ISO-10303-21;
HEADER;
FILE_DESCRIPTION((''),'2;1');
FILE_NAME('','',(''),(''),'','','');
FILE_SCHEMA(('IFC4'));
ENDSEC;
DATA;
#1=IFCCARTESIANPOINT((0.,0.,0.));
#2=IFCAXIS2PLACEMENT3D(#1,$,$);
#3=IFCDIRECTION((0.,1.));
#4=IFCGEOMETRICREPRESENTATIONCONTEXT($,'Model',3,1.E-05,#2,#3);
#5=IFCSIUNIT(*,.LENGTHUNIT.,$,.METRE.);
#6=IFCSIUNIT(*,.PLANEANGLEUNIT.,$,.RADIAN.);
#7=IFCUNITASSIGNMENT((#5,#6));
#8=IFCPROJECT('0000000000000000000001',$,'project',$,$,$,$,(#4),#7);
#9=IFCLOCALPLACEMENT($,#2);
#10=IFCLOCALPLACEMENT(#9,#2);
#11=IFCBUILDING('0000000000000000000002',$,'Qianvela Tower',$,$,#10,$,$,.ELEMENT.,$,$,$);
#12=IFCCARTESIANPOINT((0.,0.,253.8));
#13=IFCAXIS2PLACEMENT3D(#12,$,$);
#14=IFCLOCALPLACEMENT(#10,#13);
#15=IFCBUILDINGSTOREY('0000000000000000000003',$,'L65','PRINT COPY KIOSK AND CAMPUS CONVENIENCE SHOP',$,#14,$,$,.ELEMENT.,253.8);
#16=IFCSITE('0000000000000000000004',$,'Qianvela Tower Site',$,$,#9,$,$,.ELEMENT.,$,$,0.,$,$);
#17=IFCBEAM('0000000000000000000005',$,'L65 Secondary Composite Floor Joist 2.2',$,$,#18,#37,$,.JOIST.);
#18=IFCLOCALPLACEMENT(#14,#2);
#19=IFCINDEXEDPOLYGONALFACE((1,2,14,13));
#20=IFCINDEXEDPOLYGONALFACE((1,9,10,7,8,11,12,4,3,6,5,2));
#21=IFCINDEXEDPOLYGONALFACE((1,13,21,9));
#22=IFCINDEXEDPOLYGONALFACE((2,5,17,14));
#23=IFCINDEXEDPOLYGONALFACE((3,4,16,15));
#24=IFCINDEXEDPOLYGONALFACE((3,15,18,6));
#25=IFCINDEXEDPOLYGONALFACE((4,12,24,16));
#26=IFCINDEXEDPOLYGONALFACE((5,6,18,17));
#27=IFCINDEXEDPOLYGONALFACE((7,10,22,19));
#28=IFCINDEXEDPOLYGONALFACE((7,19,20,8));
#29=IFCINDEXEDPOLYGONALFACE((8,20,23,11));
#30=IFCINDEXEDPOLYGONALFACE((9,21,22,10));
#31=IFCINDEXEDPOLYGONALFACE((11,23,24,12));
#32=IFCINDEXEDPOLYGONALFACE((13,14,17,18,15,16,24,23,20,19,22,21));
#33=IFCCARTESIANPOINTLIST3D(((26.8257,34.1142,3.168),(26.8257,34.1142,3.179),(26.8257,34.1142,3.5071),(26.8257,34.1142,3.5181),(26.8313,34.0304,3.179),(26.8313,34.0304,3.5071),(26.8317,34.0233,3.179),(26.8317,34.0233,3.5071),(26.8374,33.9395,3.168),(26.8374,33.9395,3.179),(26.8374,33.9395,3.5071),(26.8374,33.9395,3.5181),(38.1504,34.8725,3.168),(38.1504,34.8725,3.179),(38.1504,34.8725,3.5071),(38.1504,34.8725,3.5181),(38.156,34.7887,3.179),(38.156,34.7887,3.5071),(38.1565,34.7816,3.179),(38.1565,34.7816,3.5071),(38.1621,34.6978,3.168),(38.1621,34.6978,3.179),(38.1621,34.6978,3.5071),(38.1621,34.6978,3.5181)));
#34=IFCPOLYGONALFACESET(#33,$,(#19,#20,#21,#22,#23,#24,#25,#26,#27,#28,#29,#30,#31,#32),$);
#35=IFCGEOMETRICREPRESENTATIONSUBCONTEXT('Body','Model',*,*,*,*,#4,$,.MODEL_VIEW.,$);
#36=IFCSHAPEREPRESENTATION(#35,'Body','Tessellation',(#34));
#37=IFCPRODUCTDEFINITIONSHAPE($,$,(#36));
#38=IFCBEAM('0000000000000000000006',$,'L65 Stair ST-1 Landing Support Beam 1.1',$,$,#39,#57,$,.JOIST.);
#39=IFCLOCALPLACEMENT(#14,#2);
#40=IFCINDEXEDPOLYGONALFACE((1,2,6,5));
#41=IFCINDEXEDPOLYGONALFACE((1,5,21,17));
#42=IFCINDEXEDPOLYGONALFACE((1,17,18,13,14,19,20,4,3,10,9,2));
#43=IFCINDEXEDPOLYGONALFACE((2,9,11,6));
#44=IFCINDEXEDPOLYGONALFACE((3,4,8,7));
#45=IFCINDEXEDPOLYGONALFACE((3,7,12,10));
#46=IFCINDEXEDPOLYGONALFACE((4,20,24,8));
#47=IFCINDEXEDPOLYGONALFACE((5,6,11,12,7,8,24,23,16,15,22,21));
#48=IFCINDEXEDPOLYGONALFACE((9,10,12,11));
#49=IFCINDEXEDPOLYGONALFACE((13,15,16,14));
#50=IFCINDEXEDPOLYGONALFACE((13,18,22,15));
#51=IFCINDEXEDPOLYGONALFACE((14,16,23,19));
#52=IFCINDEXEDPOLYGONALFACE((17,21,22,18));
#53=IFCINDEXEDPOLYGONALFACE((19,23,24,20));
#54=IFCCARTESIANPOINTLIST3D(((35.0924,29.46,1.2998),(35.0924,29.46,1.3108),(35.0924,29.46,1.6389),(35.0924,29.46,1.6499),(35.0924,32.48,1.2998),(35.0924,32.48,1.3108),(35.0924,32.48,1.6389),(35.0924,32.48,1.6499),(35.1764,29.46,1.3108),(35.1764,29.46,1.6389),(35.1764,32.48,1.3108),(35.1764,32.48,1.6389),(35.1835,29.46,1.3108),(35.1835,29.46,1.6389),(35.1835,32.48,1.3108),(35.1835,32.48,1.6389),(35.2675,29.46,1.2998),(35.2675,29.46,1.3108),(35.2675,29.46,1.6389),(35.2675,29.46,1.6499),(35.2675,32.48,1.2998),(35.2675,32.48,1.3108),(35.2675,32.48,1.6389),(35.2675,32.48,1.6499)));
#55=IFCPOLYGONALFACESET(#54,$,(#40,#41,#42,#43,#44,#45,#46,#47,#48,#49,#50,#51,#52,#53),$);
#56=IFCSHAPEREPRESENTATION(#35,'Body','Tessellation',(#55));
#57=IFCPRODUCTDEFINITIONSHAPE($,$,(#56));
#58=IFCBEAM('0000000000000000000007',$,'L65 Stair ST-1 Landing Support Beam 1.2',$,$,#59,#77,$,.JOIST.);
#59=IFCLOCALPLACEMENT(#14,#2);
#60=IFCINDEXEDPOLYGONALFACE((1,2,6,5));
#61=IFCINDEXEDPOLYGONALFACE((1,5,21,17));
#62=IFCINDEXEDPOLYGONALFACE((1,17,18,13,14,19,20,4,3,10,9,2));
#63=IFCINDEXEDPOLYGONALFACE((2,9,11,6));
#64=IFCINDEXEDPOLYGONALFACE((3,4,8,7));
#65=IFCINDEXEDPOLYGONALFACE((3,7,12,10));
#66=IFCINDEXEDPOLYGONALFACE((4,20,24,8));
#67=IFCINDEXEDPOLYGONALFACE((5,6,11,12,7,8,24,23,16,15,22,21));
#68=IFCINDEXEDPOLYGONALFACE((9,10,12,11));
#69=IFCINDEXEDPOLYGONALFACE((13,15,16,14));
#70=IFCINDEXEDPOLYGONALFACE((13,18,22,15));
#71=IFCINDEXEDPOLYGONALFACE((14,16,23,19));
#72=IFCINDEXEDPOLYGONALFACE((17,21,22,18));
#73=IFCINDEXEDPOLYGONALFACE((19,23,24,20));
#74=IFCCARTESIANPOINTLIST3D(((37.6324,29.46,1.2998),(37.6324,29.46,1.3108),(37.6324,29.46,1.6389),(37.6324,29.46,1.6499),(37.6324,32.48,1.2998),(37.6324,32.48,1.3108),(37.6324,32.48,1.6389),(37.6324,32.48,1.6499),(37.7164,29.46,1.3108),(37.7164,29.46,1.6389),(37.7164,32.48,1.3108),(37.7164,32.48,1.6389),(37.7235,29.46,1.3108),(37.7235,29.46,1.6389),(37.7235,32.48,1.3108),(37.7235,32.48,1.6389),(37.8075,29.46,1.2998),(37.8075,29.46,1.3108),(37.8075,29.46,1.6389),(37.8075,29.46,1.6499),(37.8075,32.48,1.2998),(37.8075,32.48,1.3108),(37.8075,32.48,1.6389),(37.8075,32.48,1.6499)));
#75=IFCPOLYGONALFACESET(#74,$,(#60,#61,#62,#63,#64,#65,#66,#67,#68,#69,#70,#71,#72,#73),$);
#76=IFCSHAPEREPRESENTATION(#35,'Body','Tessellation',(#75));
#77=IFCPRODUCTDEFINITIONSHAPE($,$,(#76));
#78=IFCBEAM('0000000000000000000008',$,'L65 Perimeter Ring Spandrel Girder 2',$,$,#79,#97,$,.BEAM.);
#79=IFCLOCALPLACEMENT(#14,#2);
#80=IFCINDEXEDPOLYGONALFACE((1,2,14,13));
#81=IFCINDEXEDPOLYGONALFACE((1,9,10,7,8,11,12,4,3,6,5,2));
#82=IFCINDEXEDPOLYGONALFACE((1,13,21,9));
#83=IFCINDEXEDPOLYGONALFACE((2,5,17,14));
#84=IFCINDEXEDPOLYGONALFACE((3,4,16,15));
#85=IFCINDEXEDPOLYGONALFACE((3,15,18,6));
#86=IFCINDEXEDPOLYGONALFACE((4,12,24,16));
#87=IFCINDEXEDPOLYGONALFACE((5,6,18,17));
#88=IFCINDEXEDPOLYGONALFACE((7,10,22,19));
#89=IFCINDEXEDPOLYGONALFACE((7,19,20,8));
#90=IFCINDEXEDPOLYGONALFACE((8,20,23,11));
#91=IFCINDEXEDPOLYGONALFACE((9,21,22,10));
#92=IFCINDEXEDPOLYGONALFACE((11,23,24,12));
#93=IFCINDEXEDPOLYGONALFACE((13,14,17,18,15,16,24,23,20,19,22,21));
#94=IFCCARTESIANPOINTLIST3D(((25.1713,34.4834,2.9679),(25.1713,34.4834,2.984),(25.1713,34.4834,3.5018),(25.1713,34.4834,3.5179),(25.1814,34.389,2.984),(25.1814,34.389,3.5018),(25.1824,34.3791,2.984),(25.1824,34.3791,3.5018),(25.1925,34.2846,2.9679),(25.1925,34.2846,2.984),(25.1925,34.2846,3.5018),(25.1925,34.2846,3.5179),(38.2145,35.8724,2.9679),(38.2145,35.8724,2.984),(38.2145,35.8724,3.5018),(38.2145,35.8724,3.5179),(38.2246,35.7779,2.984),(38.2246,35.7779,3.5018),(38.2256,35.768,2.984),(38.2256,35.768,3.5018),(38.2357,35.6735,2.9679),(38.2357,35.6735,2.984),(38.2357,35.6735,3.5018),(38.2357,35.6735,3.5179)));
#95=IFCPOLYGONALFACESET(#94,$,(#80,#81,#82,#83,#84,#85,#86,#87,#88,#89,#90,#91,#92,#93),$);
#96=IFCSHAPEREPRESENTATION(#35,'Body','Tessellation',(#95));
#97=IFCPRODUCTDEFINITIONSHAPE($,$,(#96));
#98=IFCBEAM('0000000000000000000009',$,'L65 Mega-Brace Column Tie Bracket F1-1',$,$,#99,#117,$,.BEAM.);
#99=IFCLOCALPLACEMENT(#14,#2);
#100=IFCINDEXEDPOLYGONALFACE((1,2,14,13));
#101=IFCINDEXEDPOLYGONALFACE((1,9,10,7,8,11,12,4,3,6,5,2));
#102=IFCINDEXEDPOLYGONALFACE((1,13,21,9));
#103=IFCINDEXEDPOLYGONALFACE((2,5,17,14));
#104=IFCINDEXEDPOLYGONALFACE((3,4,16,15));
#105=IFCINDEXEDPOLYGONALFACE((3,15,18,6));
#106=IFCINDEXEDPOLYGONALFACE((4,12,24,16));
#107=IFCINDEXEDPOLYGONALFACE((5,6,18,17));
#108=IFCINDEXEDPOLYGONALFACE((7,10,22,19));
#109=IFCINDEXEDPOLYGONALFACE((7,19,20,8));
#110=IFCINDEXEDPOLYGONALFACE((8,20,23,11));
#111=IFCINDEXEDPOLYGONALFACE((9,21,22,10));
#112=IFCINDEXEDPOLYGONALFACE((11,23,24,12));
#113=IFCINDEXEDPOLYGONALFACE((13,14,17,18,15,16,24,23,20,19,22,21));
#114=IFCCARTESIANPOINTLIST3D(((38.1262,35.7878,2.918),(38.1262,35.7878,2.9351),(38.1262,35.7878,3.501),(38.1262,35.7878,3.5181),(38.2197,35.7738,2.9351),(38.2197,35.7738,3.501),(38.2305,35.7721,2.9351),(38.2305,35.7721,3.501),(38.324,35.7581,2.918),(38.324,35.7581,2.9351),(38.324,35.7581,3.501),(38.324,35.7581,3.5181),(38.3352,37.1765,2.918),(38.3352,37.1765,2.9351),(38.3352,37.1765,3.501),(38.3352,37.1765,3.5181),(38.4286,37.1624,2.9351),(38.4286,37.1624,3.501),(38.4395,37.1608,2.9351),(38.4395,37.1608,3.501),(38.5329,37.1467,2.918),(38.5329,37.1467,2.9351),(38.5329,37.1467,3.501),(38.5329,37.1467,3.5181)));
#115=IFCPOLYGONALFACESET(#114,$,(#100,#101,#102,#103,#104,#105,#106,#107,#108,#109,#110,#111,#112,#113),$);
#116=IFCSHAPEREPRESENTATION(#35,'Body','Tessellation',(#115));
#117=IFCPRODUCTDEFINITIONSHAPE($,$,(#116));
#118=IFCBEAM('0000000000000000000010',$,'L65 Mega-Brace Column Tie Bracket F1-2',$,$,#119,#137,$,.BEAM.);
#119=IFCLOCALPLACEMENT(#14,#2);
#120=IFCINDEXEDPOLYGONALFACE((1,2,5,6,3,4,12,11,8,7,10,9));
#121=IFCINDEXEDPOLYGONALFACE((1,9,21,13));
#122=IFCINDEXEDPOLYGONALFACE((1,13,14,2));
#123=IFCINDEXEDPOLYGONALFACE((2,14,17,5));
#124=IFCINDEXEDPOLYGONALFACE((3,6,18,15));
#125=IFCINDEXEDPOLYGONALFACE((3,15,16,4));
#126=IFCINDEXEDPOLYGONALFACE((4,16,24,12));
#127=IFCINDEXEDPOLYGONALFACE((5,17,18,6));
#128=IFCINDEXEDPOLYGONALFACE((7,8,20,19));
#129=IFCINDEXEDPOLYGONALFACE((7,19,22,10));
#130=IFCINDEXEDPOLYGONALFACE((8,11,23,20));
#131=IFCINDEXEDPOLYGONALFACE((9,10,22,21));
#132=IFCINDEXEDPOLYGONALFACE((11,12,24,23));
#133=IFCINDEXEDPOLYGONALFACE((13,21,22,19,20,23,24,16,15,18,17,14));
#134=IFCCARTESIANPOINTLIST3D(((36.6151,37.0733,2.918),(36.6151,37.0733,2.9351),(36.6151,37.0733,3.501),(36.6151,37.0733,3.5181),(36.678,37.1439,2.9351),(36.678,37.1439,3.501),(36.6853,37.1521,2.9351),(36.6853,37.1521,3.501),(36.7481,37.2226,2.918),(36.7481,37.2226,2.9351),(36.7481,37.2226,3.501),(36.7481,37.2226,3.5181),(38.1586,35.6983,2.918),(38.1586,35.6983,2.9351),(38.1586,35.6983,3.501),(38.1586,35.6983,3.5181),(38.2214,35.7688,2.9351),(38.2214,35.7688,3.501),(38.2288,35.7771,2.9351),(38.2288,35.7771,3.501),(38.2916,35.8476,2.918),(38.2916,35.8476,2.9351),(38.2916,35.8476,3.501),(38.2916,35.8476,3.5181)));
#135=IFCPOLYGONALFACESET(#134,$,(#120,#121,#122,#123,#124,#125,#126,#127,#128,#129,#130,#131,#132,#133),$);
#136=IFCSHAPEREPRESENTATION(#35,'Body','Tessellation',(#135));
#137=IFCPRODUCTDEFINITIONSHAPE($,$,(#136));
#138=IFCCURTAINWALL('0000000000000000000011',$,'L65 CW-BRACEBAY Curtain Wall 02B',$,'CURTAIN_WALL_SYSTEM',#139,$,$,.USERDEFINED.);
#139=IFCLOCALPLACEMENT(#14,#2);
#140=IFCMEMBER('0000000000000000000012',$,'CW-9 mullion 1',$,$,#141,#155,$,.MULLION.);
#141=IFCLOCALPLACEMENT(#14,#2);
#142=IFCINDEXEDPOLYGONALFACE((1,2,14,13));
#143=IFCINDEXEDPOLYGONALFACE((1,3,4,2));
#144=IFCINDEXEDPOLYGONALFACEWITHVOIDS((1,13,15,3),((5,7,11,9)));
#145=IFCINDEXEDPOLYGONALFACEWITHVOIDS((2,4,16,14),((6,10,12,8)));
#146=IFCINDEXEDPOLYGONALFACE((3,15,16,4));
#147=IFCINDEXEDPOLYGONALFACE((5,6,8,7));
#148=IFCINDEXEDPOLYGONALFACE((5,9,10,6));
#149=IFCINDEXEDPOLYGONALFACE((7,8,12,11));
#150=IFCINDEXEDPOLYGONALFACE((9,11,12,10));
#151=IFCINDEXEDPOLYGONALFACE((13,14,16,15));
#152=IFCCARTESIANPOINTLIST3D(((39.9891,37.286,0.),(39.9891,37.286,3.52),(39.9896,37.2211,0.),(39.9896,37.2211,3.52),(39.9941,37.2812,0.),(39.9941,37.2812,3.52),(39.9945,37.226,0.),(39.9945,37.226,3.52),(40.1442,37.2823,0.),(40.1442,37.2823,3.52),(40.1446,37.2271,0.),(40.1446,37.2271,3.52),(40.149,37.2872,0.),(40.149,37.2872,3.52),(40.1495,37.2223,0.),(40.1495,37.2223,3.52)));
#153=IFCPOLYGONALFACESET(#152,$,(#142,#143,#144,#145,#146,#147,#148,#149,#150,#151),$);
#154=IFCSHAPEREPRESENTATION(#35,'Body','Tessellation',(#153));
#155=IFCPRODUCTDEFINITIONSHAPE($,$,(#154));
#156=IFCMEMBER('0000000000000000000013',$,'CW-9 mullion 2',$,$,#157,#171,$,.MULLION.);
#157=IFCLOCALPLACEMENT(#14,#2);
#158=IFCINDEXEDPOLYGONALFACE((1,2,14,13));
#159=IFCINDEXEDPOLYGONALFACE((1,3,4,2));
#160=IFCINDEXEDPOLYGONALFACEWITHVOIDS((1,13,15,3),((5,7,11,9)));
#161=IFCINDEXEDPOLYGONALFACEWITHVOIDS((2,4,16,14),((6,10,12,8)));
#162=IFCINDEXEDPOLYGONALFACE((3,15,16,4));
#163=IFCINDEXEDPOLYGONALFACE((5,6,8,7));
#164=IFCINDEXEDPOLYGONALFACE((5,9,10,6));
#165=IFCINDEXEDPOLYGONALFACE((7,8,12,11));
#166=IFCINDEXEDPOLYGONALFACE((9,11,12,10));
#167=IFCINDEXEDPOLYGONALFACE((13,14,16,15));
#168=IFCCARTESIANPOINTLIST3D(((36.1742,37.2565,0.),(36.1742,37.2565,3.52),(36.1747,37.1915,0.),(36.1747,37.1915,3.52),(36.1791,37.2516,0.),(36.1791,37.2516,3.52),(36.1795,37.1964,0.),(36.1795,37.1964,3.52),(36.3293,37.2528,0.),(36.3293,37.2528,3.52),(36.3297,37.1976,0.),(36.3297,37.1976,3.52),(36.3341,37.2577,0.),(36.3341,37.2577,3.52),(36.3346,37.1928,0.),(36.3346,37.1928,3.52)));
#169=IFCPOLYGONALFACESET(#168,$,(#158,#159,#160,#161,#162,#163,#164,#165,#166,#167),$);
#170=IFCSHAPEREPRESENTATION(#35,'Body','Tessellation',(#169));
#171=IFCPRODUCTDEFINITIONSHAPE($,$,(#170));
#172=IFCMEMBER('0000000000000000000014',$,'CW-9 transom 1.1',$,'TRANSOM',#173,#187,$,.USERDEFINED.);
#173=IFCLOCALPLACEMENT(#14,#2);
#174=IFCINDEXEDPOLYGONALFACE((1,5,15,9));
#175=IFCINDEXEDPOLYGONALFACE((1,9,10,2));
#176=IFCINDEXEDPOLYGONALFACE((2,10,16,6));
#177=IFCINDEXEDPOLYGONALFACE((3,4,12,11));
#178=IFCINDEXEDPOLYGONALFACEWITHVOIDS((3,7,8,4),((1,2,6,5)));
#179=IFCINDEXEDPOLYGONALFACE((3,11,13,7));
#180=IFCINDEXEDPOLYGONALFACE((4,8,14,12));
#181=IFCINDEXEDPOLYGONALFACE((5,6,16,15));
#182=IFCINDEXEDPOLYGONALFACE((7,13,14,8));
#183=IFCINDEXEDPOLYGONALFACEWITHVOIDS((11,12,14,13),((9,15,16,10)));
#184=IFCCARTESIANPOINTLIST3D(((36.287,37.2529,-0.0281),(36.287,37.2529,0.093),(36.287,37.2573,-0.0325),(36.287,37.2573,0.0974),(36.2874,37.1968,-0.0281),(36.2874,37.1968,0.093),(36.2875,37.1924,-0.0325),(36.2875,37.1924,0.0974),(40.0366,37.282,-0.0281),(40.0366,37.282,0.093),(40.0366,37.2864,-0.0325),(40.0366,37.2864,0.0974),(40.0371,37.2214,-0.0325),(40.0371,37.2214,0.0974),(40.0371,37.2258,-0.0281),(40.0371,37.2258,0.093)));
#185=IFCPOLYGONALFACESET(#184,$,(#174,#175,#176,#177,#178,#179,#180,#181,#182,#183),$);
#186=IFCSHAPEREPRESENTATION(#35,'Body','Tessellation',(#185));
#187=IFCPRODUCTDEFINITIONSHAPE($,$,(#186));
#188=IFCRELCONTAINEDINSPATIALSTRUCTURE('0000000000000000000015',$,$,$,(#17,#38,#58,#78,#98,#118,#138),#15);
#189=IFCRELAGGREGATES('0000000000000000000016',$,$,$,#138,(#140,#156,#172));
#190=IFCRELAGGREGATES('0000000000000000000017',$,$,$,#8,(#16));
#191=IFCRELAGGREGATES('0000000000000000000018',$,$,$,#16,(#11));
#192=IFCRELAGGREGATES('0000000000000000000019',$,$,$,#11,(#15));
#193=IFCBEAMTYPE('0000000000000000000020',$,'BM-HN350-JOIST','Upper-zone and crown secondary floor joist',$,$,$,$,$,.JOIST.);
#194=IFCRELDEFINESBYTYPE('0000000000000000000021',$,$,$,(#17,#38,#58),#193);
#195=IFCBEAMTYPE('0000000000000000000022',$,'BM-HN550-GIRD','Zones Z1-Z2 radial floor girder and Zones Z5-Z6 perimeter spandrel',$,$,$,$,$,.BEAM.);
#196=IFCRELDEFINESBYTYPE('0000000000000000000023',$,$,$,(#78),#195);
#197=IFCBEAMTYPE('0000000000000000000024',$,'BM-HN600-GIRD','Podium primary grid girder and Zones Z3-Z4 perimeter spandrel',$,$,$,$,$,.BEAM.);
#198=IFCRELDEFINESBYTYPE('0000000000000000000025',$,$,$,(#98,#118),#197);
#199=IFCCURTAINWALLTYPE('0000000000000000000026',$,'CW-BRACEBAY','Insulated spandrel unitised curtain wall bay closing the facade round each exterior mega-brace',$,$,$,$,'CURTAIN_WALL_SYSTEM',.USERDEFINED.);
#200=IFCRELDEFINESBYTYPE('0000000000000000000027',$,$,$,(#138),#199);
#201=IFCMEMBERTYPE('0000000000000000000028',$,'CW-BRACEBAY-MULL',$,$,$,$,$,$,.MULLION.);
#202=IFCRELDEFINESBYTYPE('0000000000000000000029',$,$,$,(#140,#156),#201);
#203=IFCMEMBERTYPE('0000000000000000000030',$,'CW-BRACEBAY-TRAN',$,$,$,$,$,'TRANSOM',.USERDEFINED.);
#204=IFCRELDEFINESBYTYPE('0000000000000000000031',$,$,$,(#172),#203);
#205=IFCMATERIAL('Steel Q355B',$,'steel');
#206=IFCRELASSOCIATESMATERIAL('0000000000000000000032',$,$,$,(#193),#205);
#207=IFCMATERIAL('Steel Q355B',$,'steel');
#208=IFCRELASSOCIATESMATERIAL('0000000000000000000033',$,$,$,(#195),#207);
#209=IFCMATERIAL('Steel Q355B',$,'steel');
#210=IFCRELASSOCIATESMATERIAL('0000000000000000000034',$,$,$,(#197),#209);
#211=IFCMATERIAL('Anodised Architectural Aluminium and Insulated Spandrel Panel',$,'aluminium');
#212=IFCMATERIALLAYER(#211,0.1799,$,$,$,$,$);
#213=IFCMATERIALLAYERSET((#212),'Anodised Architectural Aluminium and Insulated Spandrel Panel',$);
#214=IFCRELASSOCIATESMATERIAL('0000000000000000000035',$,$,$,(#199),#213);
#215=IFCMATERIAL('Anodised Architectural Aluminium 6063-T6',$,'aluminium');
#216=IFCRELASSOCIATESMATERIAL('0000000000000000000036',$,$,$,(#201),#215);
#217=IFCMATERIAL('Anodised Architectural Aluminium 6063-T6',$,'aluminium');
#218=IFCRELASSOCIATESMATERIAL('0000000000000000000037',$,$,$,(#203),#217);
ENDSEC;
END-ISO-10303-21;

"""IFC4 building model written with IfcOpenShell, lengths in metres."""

from ifc_helpers import new_model, si_unit, direction, frame, origin, origin_2d, place, context, subcontext, project, spatial, hollow_rectangle, i_section, extrude, material, layer, layer_set, material_profile, profile_set, type_object, element, aggregate, save


model = new_model("IFC4")

# Units and contexts
model_context = context("Model", 3, precision=1e-05, world=origin(), true_north=direction((0.0, 1.0)))
body_context = subcontext(model_context, "Body", "Model", "MODEL_VIEW")
ifc_project = project(units=[si_unit("LENGTHUNIT", "METRE"), si_unit("PLANEANGLEUNIT", "RADIAN")], contexts=[model_context])

# Site, building, storey
site_placement = place(None, origin())
site = spatial("IfcSite", under=ifc_project, at=site_placement, Name="Qianvela Tower Site", CompositionType="ELEMENT", RefElevation=0.0)
building_placement = place(site_placement, origin())
building = spatial("IfcBuilding", under=site, at=building_placement, Name="Qianvela Tower", CompositionType="ELEMENT")
storey_placement = place(building_placement, frame((0.0, 0.0, 253.8)))
storey = spatial("IfcBuildingStorey", under=building, at=storey_placement, Name="L65", Description="PRINT COPY KIOSK AND CAMPUS CONVENIENCE SHOP", CompositionType="ELEMENT", Elevation=253.8)

# Beams
ifc_material_1 = material(Name="Steel Q355B", Category="steel")
ifc_material_profile_1 = material_profile(ifc_material_1, i_section(OverallWidth=0.175, OverallDepth=0.3501, WebThickness=0.0071, FlangeThickness=0.011, at=origin_2d()), Name="HN350x175x7x11")
ifc_profile_set_1 = profile_set([ifc_material_profile_1], Name="Steel Q355B")
beam_type_1 = type_object("IfcBeamType", Name="BM-HN350-JOIST", Description="Upper-zone and crown secondary floor joist", PredefinedType="JOIST", material=ifc_profile_set_1)
beam_1_placement = place(storey_placement, frame((38.1562, 34.7852, 3.343), z_axis=(-0.997766, -0.06681, 0.0), x_axis=(0.06681, -0.997766, 0.0)))
element("IfcBeam", 1, at=beam_1_placement, inside=storey, type_object=beam_type_1, Name="L65 Secondary Composite Floor Joist 2.2", PredefinedType="JOIST", context=body_context, shape_type="SweptSolid", body=[
    extrude(i_section(OverallWidth=0.175, OverallDepth=0.3501, WebThickness=0.0071, FlangeThickness=0.011, at=origin_2d()), origin(), (0.0, 0.0, 1.0), 11.3501),
])
for number, where, z_axis, x_axis, name in (
    (2, (35.1799, 29.46, 1.4749), (0.0, 1.0, 0.0), (-1.0, 0.0, 0.0), "L65 Stair ST-1 Landing Support Beam 1.1"),
    (3, (37.72, 29.46, 1.4749), (0.0, 1.0, 0.0), (-1.0, 0.0, 0.0), "L65 Stair ST-1 Landing Support Beam 1.2"),
):
    element("IfcBeam", number, at=place(storey_placement, frame(where, z_axis=z_axis, x_axis=x_axis)), inside=storey, type_object=beam_type_1, Name=name, PredefinedType="JOIST", context=body_context, shape_type="SweptSolid", body=[
        extrude(i_section(OverallWidth=0.175, OverallDepth=0.3501, WebThickness=0.0071, FlangeThickness=0.011, at=origin_2d()), origin(), (0.0, 0.0, 1.0), 3.02),
    ])
ifc_material_2 = material(Name="Steel Q355B", Category="steel")
ifc_material_profile_2 = material_profile(ifc_material_2, i_section(OverallWidth=0.2, OverallDepth=0.55, WebThickness=0.01, FlangeThickness=0.0161, at=origin_2d()), Name="HN550x200x10x16")
ifc_profile_set_2 = profile_set([ifc_material_profile_2], Name="Steel Q355B")
beam_type_2 = type_object("IfcBeamType", Name="BM-HN550-GIRD", Description="Zones Z1-Z2 radial floor girder and Zones Z5-Z6 perimeter spandrel", PredefinedType="BEAM", material=ifc_profile_set_2)
beam_2_placement = place(storey_placement, frame((38.2251, 35.7729, 3.2429), z_axis=(-0.994378, -0.105887, 0.0), x_axis=(0.105887, -0.994378, 0.0)))
element("IfcBeam", 4, at=beam_2_placement, inside=storey, type_object=beam_type_2, Name="L65 Perimeter Ring Spandrel Girder 2", PredefinedType="BEAM", context=body_context, shape_type="SweptSolid", body=[
    extrude(i_section(OverallWidth=0.2, OverallDepth=0.55, WebThickness=0.01, FlangeThickness=0.0161, at=origin_2d()), origin(), (0.0, 0.0, 1.0), 13.1169),
])
ifc_material_3 = material(Name="Steel Q355B", Category="steel")
ifc_material_profile_3 = material_profile(ifc_material_3, i_section(OverallWidth=0.2, OverallDepth=0.6001, WebThickness=0.011, FlangeThickness=0.0171, at=origin_2d()), Name="HN600x200x11x17")
ifc_profile_set_3 = profile_set([ifc_material_profile_3], Name="Steel Q355B")
beam_type_3 = type_object("IfcBeamType", Name="BM-HN600-GIRD", Description="Podium primary grid girder and Zones Z3-Z4 perimeter spandrel", PredefinedType="BEAM", material=ifc_profile_set_3)
beam_3_placement = place(storey_placement, frame((38.2251, 35.7729, 3.218), z_axis=(0.148817, 0.988865, 0.0), x_axis=(-0.988865, 0.148817, 0.0)))
element("IfcBeam", 5, at=beam_3_placement, inside=storey, type_object=beam_type_3, Name="L65 Mega-Brace Column Tie Bracket F1-1", PredefinedType="BEAM", context=body_context, shape_type="SweptSolid", body=[
    extrude(i_section(OverallWidth=0.2, OverallDepth=0.6001, WebThickness=0.011, FlangeThickness=0.0171, at=origin_2d()), origin(), (0.0, 0.0, 1.0), 1.4043),
])
beam_4_placement = place(storey_placement, frame((38.2251, 35.7729, 3.218), z_axis=(-0.746679, 0.665184, 0.0), x_axis=(-0.665184, -0.746679, 0.0)))
element("IfcBeam", 6, at=beam_4_placement, inside=storey, type_object=beam_type_3, Name="L65 Mega-Brace Column Tie Bracket F1-2", PredefinedType="BEAM", context=body_context, shape_type="SweptSolid", body=[
    extrude(i_section(OverallWidth=0.2, OverallDepth=0.6001, WebThickness=0.011, FlangeThickness=0.0171, at=origin_2d()), origin(), (0.0, 0.0, 1.0), 2.0671),
])

# Curtain wall, members
ifc_material_4 = material(Name="Anodised Architectural Aluminium and Insulated Spandrel Panel", Category="aluminium")
ifc_layer_1 = layer(ifc_material_4, 0.1799)
ifc_layer_set_1 = layer_set([ifc_layer_1], Name="Anodised Architectural Aluminium and Insulated Spandrel Panel")
curtain_wall_type_1 = type_object("IfcCurtainWallType", Name="CW-BRACEBAY", Description="Insulated spandrel unitised curtain wall bay closing the facade round each exterior mega-brace", ElementType="CURTAIN_WALL_SYSTEM", PredefinedType="USERDEFINED", material=ifc_layer_set_1)
curtain_wall_1_placement = place(storey_placement, origin())
curtain_wall_1 = element("IfcCurtainWall", 7, at=curtain_wall_1_placement, inside=storey, type_object=curtain_wall_type_1, Name="L65 CW-BRACEBAY Curtain Wall 02B", ObjectType="CURTAIN_WALL_SYSTEM", PredefinedType="USERDEFINED")
ifc_material_5 = material(Name="Anodised Architectural Aluminium 6063-T6", Category="aluminium")
ifc_material_profile_4 = material_profile(ifc_material_5, hollow_rectangle(XDim=0.0649, YDim=0.1599, WallThickness=0.0049, at=origin_2d()), Name="ALU-MULL-65x160")
ifc_profile_set_4 = profile_set([ifc_material_profile_4], Name="Anodised Architectural Aluminium 6063-T6")
member_type_1 = type_object("IfcMemberType", Name="CW-BRACEBAY-MULL", PredefinedType="MULLION", material=ifc_profile_set_4)
member_1_placement = place(storey_placement, frame((40.0693, 37.2542, 0.0), z_axis=(0.0, 0.0, 1.0), x_axis=(0.007783, -0.99997, 0.0)))
member_1 = element("IfcMember", 8, at=member_1_placement, type_object=member_type_1, Name="CW-9 mullion 1", PredefinedType="MULLION", context=body_context, shape_type="SweptSolid", body=[
    extrude(hollow_rectangle(XDim=0.0649, YDim=0.1599, WallThickness=0.0049, at=origin_2d()), origin(), (0.0, 0.0, 1.0), 3.52),
])
member_2_placement = place(storey_placement, frame((36.2544, 37.2246, 0.0), z_axis=(0.0, 0.0, 1.0), x_axis=(0.007783, -0.99997, 0.0)))
member_2 = element("IfcMember", 9, at=member_2_placement, type_object=member_type_1, Name="CW-9 mullion 2", PredefinedType="MULLION", context=body_context, shape_type="SweptSolid", body=[
    extrude(hollow_rectangle(XDim=0.0649, YDim=0.1599, WallThickness=0.0049, at=origin_2d()), origin(), (0.0, 0.0, 1.0), 3.52),
])
ifc_material_6 = material(Name="Anodised Architectural Aluminium 6063-T6", Category="aluminium")
ifc_material_profile_5 = material_profile(ifc_material_6, hollow_rectangle(XDim=0.0649, YDim=0.1299, WallThickness=0.0044, at=origin_2d()), Name="ALU-TRAN-65x130")
ifc_profile_set_5 = profile_set([ifc_material_profile_5], Name="Anodised Architectural Aluminium 6063-T6")
member_type_2 = type_object("IfcMemberType", Name="CW-BRACEBAY-TRAN", ElementType="TRANSOM", PredefinedType="USERDEFINED", material=ifc_profile_set_5)
member_3_placement = place(storey_placement, frame((40.0369, 37.2539, 0.0325), z_axis=(-0.99997, -0.007748, 0.0), x_axis=(0.007748, -0.99997, 0.0)))
member_3 = element("IfcMember", 10, at=member_3_placement, type_object=member_type_2, Name="CW-9 transom 1.1", ObjectType="TRANSOM", PredefinedType="USERDEFINED", context=body_context, shape_type="SweptSolid", body=[
    extrude(hollow_rectangle(XDim=0.0649, YDim=0.1299, WallThickness=0.0044, at=origin_2d()), origin(), (0.0, 0.0, 1.0), 3.7498),
])

aggregate(curtain_wall_1, [member_1, member_2, member_3])

save(model, "model.ifc")
